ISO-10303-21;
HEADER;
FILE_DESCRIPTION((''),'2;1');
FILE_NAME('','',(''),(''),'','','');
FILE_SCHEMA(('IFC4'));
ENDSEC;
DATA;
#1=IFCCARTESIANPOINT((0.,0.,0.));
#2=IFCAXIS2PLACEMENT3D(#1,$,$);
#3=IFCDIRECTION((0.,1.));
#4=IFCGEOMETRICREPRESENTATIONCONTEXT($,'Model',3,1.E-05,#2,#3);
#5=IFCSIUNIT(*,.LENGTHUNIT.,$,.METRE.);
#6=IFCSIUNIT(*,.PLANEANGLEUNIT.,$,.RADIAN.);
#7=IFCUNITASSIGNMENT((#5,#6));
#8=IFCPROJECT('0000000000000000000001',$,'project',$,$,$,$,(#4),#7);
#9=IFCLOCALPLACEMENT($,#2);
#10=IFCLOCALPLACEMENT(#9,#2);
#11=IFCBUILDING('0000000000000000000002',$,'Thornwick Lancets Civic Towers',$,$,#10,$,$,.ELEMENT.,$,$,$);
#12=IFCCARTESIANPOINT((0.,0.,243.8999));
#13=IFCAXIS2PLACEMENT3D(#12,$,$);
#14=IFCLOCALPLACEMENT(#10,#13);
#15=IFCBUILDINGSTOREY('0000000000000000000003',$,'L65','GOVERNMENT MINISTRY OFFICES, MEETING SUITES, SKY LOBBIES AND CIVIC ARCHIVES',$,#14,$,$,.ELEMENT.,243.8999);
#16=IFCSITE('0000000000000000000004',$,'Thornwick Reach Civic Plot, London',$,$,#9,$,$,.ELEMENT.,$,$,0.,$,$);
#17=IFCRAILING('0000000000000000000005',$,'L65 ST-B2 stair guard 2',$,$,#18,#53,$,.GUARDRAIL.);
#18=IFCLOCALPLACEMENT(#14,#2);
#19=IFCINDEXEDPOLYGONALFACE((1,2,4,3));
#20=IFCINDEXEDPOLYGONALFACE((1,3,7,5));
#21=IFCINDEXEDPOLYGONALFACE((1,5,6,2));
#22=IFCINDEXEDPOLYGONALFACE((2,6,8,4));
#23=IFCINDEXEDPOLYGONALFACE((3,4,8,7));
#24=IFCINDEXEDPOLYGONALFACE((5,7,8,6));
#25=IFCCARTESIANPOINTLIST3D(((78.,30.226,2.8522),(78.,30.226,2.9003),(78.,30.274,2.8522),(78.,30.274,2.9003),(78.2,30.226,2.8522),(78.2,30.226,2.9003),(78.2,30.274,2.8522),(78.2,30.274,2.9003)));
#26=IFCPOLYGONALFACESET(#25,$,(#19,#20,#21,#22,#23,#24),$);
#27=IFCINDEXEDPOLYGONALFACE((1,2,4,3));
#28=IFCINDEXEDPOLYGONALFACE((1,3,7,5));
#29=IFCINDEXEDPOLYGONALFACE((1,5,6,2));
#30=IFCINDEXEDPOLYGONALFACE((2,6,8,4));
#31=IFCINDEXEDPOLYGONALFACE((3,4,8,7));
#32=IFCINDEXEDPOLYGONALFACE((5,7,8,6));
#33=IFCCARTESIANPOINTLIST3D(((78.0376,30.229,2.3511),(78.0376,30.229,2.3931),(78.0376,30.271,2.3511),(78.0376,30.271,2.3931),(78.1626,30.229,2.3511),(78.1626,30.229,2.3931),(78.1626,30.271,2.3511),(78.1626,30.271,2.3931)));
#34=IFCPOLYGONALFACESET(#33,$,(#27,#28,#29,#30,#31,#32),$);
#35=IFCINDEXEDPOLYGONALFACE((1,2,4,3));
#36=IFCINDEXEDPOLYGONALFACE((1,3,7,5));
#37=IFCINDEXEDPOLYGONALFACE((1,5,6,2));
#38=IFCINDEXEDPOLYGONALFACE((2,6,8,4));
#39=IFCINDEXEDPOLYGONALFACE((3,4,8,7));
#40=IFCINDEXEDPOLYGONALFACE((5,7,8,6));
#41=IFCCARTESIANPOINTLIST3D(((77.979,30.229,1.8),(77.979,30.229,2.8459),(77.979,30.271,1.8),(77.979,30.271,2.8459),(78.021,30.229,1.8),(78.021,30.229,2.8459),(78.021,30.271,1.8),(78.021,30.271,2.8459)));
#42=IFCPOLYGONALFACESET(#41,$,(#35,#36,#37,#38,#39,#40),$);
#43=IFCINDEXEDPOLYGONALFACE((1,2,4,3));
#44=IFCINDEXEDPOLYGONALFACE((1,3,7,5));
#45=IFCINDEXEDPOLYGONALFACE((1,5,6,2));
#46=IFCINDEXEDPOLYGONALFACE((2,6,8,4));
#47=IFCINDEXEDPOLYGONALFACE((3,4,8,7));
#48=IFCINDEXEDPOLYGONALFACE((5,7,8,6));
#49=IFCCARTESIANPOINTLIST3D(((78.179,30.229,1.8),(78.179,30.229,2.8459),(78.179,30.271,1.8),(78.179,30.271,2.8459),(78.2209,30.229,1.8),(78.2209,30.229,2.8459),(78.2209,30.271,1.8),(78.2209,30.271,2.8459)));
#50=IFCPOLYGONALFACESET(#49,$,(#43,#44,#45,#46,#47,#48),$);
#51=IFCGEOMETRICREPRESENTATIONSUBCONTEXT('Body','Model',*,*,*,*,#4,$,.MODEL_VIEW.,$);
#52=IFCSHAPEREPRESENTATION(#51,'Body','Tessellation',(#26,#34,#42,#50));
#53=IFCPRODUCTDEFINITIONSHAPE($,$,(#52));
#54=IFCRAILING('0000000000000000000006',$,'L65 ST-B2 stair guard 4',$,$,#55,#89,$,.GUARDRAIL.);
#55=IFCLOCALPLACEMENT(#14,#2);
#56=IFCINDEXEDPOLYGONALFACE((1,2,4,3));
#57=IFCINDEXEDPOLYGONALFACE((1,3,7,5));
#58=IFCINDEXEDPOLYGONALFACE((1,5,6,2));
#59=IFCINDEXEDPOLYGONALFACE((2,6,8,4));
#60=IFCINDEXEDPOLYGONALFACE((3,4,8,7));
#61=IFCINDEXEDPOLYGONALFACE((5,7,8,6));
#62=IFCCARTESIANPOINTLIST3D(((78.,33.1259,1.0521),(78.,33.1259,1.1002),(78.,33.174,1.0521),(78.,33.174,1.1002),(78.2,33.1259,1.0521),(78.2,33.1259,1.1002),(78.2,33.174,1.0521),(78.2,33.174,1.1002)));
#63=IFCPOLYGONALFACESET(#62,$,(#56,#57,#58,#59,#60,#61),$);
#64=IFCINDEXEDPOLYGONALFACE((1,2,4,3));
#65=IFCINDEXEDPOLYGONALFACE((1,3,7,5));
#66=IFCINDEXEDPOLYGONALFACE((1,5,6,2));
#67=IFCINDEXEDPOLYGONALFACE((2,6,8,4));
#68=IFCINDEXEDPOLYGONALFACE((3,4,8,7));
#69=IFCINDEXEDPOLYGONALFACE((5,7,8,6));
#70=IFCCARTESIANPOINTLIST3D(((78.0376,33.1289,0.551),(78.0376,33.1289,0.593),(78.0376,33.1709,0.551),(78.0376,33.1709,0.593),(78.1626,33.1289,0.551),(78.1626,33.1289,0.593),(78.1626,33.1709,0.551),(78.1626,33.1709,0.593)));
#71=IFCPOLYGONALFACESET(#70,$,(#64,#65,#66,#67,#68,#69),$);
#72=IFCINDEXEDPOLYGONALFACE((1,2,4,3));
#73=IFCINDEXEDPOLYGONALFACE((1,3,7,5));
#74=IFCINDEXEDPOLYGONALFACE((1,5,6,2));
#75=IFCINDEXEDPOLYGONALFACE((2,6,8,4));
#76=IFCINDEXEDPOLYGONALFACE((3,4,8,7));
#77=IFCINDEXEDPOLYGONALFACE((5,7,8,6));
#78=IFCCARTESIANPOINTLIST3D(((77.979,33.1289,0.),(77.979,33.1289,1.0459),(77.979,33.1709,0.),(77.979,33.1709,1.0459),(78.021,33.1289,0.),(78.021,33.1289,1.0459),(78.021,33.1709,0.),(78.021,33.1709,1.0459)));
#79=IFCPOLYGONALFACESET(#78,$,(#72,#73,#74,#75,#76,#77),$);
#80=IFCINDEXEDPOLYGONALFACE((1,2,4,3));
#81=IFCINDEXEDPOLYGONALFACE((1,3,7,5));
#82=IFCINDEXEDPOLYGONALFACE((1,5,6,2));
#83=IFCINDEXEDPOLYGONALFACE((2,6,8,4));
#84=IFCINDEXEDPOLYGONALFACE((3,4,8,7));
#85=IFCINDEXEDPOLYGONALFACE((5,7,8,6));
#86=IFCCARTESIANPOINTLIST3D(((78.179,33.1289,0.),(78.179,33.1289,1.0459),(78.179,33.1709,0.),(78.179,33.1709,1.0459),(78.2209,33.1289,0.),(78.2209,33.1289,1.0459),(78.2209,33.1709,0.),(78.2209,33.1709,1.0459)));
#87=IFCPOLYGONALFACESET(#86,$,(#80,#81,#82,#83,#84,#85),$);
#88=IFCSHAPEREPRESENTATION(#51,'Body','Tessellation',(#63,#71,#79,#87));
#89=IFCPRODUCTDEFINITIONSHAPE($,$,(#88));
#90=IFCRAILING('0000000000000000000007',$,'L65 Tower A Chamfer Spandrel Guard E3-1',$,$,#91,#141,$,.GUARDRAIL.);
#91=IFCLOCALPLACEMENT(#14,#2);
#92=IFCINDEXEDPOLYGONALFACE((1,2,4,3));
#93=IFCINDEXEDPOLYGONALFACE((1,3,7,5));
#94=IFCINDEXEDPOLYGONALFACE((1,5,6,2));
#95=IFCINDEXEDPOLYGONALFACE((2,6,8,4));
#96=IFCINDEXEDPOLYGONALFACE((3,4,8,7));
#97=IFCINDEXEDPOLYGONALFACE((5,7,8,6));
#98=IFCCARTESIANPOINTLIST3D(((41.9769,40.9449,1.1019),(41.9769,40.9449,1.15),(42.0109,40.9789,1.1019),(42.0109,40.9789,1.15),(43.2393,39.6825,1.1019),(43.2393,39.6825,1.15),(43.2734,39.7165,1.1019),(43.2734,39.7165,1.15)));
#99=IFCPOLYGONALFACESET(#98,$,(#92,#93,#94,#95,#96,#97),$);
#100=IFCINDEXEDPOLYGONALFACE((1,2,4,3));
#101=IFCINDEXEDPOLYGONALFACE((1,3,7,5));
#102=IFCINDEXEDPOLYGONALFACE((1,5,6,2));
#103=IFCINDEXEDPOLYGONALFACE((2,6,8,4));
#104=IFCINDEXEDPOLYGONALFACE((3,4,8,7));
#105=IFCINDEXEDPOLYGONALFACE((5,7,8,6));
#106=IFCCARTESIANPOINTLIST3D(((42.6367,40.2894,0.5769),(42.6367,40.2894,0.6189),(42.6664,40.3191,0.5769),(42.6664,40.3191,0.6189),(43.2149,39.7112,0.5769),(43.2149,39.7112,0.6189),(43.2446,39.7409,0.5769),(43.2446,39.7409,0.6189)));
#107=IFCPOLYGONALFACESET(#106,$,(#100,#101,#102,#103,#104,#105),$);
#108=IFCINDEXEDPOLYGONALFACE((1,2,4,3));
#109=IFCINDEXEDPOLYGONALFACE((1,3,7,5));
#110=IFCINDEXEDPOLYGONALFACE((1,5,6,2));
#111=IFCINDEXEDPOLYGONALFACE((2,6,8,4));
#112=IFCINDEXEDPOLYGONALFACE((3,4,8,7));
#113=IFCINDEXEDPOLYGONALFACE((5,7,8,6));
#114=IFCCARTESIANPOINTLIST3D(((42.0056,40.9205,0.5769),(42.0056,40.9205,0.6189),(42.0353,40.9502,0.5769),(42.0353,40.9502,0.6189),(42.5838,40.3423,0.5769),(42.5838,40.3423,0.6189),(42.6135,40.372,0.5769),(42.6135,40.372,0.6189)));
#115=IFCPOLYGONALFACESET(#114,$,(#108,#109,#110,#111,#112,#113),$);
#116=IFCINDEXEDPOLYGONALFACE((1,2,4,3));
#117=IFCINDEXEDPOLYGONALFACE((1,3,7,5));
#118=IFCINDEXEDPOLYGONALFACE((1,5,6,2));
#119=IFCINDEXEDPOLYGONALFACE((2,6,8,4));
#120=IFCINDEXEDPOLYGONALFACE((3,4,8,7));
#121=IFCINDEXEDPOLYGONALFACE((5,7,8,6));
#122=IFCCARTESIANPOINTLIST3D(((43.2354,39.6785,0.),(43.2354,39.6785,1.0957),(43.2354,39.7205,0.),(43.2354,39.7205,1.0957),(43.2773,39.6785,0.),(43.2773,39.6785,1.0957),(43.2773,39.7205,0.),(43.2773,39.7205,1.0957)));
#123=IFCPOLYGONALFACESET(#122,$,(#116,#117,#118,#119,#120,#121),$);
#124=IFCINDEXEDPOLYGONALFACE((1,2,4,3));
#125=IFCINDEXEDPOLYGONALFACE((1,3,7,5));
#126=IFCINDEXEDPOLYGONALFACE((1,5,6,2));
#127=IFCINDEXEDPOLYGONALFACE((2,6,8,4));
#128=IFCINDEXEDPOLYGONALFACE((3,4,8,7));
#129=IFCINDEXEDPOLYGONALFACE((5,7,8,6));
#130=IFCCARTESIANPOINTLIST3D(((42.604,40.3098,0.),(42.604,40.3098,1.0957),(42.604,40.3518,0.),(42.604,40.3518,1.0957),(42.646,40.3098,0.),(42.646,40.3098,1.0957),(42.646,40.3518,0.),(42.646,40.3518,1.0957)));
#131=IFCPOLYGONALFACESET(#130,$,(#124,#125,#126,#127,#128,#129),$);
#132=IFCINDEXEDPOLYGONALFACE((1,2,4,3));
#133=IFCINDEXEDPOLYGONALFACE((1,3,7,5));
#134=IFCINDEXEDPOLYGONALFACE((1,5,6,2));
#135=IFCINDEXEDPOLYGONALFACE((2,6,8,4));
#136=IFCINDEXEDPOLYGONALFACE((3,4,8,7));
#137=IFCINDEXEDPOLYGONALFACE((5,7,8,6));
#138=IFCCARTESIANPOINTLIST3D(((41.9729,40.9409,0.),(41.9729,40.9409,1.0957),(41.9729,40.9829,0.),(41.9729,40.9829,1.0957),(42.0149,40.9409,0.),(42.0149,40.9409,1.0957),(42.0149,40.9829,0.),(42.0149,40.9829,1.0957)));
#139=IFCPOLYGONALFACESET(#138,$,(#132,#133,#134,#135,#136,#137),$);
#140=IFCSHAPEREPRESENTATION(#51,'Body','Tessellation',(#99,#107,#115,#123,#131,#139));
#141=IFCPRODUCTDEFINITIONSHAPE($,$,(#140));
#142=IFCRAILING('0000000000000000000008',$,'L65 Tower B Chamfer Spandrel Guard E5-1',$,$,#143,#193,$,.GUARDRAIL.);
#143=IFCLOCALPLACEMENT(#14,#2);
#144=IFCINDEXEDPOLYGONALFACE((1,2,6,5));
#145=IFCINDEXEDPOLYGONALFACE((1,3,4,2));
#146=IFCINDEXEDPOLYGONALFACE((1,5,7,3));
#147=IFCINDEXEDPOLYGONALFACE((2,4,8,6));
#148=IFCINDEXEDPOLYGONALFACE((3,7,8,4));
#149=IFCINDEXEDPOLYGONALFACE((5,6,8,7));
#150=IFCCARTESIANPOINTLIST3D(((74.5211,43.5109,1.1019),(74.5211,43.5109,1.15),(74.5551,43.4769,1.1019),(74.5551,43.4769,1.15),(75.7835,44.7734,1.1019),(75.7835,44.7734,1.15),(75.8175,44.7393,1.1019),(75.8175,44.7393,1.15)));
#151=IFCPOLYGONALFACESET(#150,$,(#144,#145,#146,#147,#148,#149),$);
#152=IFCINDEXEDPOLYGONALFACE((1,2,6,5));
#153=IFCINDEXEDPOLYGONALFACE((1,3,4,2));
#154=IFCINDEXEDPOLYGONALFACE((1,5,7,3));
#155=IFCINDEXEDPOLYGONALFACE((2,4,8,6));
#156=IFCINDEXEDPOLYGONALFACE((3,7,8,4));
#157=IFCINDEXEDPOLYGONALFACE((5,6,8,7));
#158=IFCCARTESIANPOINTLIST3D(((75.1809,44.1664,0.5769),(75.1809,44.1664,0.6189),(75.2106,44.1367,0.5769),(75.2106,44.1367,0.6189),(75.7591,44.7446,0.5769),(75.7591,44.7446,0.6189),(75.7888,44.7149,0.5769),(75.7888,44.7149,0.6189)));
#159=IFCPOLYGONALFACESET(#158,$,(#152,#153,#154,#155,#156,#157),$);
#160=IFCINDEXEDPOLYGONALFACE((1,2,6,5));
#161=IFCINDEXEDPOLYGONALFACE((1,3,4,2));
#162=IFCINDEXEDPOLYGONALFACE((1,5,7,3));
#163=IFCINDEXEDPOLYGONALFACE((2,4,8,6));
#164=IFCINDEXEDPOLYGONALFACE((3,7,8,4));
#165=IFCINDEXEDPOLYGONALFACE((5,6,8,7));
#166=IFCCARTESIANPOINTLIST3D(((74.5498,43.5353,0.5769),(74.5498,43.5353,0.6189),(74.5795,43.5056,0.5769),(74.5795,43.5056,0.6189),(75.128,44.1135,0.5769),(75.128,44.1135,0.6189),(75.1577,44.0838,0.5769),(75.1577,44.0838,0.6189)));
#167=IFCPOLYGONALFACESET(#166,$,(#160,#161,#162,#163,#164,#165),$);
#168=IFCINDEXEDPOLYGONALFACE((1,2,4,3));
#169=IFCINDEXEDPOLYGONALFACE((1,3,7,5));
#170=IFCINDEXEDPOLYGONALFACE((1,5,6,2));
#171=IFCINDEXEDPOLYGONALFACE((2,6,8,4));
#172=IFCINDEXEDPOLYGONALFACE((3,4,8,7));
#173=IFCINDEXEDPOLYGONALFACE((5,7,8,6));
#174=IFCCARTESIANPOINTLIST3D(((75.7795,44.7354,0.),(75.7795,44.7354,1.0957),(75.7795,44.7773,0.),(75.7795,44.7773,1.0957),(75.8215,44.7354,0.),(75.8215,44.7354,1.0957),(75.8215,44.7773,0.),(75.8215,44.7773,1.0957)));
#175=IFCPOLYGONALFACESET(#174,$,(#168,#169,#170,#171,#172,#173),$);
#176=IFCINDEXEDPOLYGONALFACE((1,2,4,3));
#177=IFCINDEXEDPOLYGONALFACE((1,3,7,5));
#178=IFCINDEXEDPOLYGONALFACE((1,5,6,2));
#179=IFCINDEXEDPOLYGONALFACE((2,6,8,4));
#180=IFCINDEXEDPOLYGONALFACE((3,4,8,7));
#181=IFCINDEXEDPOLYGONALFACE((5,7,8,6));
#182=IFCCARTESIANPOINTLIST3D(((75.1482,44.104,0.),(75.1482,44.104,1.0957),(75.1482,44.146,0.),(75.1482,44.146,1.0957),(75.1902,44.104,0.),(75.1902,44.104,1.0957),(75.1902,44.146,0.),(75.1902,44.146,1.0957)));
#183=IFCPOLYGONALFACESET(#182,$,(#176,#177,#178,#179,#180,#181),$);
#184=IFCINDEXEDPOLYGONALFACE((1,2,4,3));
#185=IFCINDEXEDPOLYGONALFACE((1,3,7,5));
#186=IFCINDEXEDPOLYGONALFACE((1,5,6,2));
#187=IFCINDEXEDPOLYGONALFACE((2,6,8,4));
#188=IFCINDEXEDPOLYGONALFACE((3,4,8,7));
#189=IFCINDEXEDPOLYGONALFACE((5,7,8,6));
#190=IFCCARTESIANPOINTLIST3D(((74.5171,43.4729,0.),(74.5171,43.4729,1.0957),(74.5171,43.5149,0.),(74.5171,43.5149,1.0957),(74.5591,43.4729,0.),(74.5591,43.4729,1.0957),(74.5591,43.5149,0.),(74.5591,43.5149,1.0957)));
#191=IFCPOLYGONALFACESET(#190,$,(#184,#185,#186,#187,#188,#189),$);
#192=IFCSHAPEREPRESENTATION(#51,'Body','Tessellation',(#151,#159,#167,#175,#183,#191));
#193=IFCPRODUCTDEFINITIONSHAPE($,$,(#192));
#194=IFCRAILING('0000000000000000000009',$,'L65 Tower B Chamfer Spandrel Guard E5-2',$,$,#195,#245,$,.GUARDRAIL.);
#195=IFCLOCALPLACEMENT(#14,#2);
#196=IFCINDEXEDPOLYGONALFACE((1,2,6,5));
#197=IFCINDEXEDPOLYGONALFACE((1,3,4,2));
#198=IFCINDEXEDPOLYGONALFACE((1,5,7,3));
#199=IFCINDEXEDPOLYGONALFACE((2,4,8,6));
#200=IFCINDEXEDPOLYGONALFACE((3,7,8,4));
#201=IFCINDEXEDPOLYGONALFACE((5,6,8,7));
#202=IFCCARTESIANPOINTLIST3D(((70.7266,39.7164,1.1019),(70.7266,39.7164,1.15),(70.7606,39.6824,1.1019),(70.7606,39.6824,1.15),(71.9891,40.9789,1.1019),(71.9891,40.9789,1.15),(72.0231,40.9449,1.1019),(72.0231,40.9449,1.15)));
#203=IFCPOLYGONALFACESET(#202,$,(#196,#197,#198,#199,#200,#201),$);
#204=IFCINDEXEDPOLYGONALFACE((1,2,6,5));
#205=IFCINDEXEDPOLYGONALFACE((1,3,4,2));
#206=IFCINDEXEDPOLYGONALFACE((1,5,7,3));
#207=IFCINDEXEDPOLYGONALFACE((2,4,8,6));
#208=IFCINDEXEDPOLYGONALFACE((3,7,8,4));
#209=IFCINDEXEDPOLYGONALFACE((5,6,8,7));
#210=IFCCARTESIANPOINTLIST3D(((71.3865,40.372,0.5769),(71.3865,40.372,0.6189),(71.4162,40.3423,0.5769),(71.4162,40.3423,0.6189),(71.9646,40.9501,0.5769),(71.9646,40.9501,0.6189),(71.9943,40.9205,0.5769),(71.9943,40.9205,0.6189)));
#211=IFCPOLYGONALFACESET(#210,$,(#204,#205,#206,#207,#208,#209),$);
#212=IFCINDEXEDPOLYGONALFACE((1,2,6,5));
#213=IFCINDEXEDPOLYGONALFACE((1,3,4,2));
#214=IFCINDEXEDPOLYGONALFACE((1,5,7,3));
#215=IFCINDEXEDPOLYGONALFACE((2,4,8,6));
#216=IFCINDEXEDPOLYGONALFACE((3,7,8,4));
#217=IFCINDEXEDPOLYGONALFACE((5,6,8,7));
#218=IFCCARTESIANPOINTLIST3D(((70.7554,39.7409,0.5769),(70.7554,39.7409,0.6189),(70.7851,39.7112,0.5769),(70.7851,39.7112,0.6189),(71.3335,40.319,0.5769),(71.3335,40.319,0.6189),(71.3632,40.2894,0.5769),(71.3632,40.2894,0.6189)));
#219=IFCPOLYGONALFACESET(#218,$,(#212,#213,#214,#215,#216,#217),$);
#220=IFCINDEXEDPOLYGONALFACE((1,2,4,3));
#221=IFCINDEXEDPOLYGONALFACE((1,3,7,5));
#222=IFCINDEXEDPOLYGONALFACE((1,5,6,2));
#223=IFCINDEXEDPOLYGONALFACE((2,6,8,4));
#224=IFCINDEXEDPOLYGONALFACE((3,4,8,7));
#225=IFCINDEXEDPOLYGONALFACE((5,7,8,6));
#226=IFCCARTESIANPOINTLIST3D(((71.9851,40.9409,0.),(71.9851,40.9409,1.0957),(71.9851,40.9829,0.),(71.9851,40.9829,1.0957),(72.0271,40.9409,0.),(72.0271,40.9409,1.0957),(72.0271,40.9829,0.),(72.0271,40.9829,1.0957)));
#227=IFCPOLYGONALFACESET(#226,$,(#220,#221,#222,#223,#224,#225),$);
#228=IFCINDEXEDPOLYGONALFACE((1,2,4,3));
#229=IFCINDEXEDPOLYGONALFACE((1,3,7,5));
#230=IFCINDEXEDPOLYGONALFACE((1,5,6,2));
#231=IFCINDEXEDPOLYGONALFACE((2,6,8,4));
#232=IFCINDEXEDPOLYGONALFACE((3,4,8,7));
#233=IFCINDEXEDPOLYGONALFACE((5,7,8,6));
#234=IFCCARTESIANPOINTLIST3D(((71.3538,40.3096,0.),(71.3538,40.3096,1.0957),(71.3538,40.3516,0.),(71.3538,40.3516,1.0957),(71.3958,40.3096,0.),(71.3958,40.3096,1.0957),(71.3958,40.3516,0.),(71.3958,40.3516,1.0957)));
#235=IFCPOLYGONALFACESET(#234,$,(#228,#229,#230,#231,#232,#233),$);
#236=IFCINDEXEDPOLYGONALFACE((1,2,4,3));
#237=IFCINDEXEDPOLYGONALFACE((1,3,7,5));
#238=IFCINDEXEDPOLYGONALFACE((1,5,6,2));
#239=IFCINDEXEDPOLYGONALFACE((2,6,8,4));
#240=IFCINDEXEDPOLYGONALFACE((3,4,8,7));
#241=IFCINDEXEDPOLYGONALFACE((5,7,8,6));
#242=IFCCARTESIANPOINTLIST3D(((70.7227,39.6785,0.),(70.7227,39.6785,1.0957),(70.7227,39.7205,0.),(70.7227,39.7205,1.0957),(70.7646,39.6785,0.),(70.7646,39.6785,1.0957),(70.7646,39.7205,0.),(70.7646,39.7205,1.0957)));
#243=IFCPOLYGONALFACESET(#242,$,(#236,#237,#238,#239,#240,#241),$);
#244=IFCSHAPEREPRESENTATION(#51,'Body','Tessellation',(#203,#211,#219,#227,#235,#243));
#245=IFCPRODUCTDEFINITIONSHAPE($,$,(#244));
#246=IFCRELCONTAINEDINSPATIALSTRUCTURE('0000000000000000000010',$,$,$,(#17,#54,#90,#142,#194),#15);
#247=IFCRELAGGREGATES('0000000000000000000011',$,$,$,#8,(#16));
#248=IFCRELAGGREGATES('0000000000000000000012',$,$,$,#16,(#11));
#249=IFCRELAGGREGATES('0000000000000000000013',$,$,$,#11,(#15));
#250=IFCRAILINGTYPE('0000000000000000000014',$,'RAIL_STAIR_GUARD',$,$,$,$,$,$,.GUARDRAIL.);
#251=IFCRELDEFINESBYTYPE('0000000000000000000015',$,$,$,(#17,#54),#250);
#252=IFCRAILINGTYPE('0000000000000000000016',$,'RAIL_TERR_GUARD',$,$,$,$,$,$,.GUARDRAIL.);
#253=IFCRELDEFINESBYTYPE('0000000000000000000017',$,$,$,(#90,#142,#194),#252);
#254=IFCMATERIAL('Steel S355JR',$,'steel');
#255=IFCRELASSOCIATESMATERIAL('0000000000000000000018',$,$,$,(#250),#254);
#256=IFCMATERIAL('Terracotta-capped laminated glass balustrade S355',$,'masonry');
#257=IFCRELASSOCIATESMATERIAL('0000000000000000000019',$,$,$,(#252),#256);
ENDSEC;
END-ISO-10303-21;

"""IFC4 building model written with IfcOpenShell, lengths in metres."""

from ifc_helpers import new_model, si_unit, direction, frame, origin, origin_2d, place, context, subcontext, project, spatial, rectangle, extrude, material, type_object, element, save


model = new_model("IFC4")

# Units and contexts
model_context = context("Model", 3, precision=1e-05, world=origin(), true_north=direction((0.0, 1.0)))
body_context = subcontext(model_context, "Body", "Model", "MODEL_VIEW")
ifc_project = project(units=[si_unit("LENGTHUNIT", "METRE"), si_unit("PLANEANGLEUNIT", "RADIAN")], contexts=[model_context])

# Site, building, storey
site_placement = place(None, origin())
site = spatial("IfcSite", under=ifc_project, at=site_placement, Name="Thornwick Reach Civic Plot, London", CompositionType="ELEMENT", RefElevation=0.0)
building_placement = place(site_placement, origin())
building = spatial("IfcBuilding", under=site, at=building_placement, Name="Thornwick Lancets Civic Towers", CompositionType="ELEMENT")
storey_placement = place(building_placement, frame((0.0, 0.0, 243.8999)))
storey = spatial("IfcBuildingStorey", under=building, at=storey_placement, Name="L65", Description="GOVERNMENT MINISTRY OFFICES, MEETING SUITES, SKY LOBBIES AND CIVIC ARCHIVES", CompositionType="ELEMENT", Elevation=243.8999)

# Shared definitions
ifc_material_1 = material(Name="Steel S355JR", Category="steel")

# Railings
railing_type_1 = type_object("IfcRailingType", Name="RAIL_STAIR_GUARD", PredefinedType="GUARDRAIL", material=ifc_material_1)
for number, where, name in (
    (1, (78.0, 30.25, 1.8), "L65 ST-B2 stair guard 2"),
    (2, (78.0, 33.1499, 0.0), "L65 ST-B2 stair guard 4"),
):
    element("IfcRailing", number, at=place(storey_placement, frame(where)), inside=storey, type_object=railing_type_1, Name=name, PredefinedType="GUARDRAIL", context=body_context, shape_type="SweptSolid", body=[
        extrude(rectangle(XDim=0.0481, YDim=0.0481, at=origin_2d()), frame((0.0, 0.0, 1.0762), z_axis=(1.0, 0.0, 0.0), x_axis=(0.0, 1.0, 0.0)), (0.0, 0.0, 1.0), 0.2),
        extrude(rectangle(XDim=0.042, YDim=0.042, at=origin_2d()), frame((0.0376, 0.0, 0.572), z_axis=(1.0, 0.0, 0.0), x_axis=(0.0, 1.0, 0.0)), (0.0, 0.0, 1.0), 0.125),
        extrude(rectangle(XDim=0.042, YDim=0.042, at=origin_2d()), origin(), (0.0, 0.0, 1.0), 1.0459),
        extrude(rectangle(XDim=0.042, YDim=0.042, at=origin_2d()), frame((0.2, 0.0, 0.0)), (0.0, 0.0, 1.0), 1.0459),
    ])
ifc_material_2 = material(Name="Terracotta-capped laminated glass balustrade S355", Category="masonry")
railing_type_2 = type_object("IfcRailingType", Name="RAIL_TERR_GUARD", PredefinedType="GUARDRAIL", material=ifc_material_2)
railing_1_placement = place(storey_placement, frame((43.2563, 39.6995, 0.0)))
element("IfcRailing", 3, at=railing_1_placement, inside=storey, type_object=railing_type_2, Name="L65 Tower A Chamfer Spandrel Guard E3-1", PredefinedType="GUARDRAIL", context=body_context, shape_type="SweptSolid", body=[
    extrude(rectangle(XDim=0.0481, YDim=0.0481, at=origin_2d()), frame((0.0, 0.0, 1.126), z_axis=(-0.707107, 0.707107, 0.0), x_axis=(-0.707107, -0.707107, 0.0)), (0.0, 0.0, 1.0), 1.7854),
    extrude(rectangle(XDim=0.042, YDim=0.042, at=origin_2d()), frame((-0.0266, 0.0266, 0.5979), z_axis=(-0.707107, 0.707107, 0.0), x_axis=(-0.707107, -0.707107, 0.0)), (0.0, 0.0, 1.0), 0.8176),
    extrude(rectangle(XDim=0.042, YDim=0.042, at=origin_2d()), frame((-0.6577, 0.6577, 0.5979), z_axis=(-0.707107, 0.707107, 0.0), x_axis=(-0.707107, -0.707107, 0.0)), (0.0, 0.0, 1.0), 0.8176),
    extrude(rectangle(XDim=0.042, YDim=0.042, at=origin_2d()), origin(), (0.0, 0.0, 1.0), 1.0957),
    extrude(rectangle(XDim=0.042, YDim=0.042, at=origin_2d()), frame((-0.6313, 0.6313, 0.0)), (0.0, 0.0, 1.0), 1.0957),
    extrude(rectangle(XDim=0.042, YDim=0.042, at=origin_2d()), frame((-1.2625, 1.2625, 0.0)), (0.0, 0.0, 1.0), 1.0957),
])
for number, where, name in (
    (4, (75.8005, 44.7563, 0.0), "L65 Tower B Chamfer Spandrel Guard E5-1"),
    (5, (72.0061, 40.9619, 0.0), "L65 Tower B Chamfer Spandrel Guard E5-2"),
):
    element("IfcRailing", number, at=place(storey_placement, frame(where)), inside=storey, type_object=railing_type_2, Name=name, PredefinedType="GUARDRAIL", context=body_context, shape_type="SweptSolid", body=[
        extrude(rectangle(XDim=0.0481, YDim=0.0481, at=origin_2d()), frame((0.0, 0.0, 1.126), z_axis=(-0.707107, -0.707107, 0.0), x_axis=(0.707107, -0.707107, 0.0)), (0.0, 0.0, 1.0), 1.7854),
        extrude(rectangle(XDim=0.042, YDim=0.042, at=origin_2d()), frame((-0.0266, -0.0266, 0.5979), z_axis=(-0.707107, -0.707107, 0.0), x_axis=(0.707107, -0.707107, 0.0)), (0.0, 0.0, 1.0), 0.8176),
        extrude(rectangle(XDim=0.042, YDim=0.042, at=origin_2d()), frame((-0.6577, -0.6577, 0.5979), z_axis=(-0.707107, -0.707107, 0.0), x_axis=(0.707107, -0.707107, 0.0)), (0.0, 0.0, 1.0), 0.8176),
        extrude(rectangle(XDim=0.042, YDim=0.042, at=origin_2d()), origin(), (0.0, 0.0, 1.0), 1.0957),
        extrude(rectangle(XDim=0.042, YDim=0.042, at=origin_2d()), frame((-0.6313, -0.6313, 0.0)), (0.0, 0.0, 1.0), 1.0957),
        extrude(rectangle(XDim=0.042, YDim=0.042, at=origin_2d()), frame((-1.2625, -1.2625, 0.0)), (0.0, 0.0, 1.0), 1.0957),
    ])

save(model, "model.ifc")
